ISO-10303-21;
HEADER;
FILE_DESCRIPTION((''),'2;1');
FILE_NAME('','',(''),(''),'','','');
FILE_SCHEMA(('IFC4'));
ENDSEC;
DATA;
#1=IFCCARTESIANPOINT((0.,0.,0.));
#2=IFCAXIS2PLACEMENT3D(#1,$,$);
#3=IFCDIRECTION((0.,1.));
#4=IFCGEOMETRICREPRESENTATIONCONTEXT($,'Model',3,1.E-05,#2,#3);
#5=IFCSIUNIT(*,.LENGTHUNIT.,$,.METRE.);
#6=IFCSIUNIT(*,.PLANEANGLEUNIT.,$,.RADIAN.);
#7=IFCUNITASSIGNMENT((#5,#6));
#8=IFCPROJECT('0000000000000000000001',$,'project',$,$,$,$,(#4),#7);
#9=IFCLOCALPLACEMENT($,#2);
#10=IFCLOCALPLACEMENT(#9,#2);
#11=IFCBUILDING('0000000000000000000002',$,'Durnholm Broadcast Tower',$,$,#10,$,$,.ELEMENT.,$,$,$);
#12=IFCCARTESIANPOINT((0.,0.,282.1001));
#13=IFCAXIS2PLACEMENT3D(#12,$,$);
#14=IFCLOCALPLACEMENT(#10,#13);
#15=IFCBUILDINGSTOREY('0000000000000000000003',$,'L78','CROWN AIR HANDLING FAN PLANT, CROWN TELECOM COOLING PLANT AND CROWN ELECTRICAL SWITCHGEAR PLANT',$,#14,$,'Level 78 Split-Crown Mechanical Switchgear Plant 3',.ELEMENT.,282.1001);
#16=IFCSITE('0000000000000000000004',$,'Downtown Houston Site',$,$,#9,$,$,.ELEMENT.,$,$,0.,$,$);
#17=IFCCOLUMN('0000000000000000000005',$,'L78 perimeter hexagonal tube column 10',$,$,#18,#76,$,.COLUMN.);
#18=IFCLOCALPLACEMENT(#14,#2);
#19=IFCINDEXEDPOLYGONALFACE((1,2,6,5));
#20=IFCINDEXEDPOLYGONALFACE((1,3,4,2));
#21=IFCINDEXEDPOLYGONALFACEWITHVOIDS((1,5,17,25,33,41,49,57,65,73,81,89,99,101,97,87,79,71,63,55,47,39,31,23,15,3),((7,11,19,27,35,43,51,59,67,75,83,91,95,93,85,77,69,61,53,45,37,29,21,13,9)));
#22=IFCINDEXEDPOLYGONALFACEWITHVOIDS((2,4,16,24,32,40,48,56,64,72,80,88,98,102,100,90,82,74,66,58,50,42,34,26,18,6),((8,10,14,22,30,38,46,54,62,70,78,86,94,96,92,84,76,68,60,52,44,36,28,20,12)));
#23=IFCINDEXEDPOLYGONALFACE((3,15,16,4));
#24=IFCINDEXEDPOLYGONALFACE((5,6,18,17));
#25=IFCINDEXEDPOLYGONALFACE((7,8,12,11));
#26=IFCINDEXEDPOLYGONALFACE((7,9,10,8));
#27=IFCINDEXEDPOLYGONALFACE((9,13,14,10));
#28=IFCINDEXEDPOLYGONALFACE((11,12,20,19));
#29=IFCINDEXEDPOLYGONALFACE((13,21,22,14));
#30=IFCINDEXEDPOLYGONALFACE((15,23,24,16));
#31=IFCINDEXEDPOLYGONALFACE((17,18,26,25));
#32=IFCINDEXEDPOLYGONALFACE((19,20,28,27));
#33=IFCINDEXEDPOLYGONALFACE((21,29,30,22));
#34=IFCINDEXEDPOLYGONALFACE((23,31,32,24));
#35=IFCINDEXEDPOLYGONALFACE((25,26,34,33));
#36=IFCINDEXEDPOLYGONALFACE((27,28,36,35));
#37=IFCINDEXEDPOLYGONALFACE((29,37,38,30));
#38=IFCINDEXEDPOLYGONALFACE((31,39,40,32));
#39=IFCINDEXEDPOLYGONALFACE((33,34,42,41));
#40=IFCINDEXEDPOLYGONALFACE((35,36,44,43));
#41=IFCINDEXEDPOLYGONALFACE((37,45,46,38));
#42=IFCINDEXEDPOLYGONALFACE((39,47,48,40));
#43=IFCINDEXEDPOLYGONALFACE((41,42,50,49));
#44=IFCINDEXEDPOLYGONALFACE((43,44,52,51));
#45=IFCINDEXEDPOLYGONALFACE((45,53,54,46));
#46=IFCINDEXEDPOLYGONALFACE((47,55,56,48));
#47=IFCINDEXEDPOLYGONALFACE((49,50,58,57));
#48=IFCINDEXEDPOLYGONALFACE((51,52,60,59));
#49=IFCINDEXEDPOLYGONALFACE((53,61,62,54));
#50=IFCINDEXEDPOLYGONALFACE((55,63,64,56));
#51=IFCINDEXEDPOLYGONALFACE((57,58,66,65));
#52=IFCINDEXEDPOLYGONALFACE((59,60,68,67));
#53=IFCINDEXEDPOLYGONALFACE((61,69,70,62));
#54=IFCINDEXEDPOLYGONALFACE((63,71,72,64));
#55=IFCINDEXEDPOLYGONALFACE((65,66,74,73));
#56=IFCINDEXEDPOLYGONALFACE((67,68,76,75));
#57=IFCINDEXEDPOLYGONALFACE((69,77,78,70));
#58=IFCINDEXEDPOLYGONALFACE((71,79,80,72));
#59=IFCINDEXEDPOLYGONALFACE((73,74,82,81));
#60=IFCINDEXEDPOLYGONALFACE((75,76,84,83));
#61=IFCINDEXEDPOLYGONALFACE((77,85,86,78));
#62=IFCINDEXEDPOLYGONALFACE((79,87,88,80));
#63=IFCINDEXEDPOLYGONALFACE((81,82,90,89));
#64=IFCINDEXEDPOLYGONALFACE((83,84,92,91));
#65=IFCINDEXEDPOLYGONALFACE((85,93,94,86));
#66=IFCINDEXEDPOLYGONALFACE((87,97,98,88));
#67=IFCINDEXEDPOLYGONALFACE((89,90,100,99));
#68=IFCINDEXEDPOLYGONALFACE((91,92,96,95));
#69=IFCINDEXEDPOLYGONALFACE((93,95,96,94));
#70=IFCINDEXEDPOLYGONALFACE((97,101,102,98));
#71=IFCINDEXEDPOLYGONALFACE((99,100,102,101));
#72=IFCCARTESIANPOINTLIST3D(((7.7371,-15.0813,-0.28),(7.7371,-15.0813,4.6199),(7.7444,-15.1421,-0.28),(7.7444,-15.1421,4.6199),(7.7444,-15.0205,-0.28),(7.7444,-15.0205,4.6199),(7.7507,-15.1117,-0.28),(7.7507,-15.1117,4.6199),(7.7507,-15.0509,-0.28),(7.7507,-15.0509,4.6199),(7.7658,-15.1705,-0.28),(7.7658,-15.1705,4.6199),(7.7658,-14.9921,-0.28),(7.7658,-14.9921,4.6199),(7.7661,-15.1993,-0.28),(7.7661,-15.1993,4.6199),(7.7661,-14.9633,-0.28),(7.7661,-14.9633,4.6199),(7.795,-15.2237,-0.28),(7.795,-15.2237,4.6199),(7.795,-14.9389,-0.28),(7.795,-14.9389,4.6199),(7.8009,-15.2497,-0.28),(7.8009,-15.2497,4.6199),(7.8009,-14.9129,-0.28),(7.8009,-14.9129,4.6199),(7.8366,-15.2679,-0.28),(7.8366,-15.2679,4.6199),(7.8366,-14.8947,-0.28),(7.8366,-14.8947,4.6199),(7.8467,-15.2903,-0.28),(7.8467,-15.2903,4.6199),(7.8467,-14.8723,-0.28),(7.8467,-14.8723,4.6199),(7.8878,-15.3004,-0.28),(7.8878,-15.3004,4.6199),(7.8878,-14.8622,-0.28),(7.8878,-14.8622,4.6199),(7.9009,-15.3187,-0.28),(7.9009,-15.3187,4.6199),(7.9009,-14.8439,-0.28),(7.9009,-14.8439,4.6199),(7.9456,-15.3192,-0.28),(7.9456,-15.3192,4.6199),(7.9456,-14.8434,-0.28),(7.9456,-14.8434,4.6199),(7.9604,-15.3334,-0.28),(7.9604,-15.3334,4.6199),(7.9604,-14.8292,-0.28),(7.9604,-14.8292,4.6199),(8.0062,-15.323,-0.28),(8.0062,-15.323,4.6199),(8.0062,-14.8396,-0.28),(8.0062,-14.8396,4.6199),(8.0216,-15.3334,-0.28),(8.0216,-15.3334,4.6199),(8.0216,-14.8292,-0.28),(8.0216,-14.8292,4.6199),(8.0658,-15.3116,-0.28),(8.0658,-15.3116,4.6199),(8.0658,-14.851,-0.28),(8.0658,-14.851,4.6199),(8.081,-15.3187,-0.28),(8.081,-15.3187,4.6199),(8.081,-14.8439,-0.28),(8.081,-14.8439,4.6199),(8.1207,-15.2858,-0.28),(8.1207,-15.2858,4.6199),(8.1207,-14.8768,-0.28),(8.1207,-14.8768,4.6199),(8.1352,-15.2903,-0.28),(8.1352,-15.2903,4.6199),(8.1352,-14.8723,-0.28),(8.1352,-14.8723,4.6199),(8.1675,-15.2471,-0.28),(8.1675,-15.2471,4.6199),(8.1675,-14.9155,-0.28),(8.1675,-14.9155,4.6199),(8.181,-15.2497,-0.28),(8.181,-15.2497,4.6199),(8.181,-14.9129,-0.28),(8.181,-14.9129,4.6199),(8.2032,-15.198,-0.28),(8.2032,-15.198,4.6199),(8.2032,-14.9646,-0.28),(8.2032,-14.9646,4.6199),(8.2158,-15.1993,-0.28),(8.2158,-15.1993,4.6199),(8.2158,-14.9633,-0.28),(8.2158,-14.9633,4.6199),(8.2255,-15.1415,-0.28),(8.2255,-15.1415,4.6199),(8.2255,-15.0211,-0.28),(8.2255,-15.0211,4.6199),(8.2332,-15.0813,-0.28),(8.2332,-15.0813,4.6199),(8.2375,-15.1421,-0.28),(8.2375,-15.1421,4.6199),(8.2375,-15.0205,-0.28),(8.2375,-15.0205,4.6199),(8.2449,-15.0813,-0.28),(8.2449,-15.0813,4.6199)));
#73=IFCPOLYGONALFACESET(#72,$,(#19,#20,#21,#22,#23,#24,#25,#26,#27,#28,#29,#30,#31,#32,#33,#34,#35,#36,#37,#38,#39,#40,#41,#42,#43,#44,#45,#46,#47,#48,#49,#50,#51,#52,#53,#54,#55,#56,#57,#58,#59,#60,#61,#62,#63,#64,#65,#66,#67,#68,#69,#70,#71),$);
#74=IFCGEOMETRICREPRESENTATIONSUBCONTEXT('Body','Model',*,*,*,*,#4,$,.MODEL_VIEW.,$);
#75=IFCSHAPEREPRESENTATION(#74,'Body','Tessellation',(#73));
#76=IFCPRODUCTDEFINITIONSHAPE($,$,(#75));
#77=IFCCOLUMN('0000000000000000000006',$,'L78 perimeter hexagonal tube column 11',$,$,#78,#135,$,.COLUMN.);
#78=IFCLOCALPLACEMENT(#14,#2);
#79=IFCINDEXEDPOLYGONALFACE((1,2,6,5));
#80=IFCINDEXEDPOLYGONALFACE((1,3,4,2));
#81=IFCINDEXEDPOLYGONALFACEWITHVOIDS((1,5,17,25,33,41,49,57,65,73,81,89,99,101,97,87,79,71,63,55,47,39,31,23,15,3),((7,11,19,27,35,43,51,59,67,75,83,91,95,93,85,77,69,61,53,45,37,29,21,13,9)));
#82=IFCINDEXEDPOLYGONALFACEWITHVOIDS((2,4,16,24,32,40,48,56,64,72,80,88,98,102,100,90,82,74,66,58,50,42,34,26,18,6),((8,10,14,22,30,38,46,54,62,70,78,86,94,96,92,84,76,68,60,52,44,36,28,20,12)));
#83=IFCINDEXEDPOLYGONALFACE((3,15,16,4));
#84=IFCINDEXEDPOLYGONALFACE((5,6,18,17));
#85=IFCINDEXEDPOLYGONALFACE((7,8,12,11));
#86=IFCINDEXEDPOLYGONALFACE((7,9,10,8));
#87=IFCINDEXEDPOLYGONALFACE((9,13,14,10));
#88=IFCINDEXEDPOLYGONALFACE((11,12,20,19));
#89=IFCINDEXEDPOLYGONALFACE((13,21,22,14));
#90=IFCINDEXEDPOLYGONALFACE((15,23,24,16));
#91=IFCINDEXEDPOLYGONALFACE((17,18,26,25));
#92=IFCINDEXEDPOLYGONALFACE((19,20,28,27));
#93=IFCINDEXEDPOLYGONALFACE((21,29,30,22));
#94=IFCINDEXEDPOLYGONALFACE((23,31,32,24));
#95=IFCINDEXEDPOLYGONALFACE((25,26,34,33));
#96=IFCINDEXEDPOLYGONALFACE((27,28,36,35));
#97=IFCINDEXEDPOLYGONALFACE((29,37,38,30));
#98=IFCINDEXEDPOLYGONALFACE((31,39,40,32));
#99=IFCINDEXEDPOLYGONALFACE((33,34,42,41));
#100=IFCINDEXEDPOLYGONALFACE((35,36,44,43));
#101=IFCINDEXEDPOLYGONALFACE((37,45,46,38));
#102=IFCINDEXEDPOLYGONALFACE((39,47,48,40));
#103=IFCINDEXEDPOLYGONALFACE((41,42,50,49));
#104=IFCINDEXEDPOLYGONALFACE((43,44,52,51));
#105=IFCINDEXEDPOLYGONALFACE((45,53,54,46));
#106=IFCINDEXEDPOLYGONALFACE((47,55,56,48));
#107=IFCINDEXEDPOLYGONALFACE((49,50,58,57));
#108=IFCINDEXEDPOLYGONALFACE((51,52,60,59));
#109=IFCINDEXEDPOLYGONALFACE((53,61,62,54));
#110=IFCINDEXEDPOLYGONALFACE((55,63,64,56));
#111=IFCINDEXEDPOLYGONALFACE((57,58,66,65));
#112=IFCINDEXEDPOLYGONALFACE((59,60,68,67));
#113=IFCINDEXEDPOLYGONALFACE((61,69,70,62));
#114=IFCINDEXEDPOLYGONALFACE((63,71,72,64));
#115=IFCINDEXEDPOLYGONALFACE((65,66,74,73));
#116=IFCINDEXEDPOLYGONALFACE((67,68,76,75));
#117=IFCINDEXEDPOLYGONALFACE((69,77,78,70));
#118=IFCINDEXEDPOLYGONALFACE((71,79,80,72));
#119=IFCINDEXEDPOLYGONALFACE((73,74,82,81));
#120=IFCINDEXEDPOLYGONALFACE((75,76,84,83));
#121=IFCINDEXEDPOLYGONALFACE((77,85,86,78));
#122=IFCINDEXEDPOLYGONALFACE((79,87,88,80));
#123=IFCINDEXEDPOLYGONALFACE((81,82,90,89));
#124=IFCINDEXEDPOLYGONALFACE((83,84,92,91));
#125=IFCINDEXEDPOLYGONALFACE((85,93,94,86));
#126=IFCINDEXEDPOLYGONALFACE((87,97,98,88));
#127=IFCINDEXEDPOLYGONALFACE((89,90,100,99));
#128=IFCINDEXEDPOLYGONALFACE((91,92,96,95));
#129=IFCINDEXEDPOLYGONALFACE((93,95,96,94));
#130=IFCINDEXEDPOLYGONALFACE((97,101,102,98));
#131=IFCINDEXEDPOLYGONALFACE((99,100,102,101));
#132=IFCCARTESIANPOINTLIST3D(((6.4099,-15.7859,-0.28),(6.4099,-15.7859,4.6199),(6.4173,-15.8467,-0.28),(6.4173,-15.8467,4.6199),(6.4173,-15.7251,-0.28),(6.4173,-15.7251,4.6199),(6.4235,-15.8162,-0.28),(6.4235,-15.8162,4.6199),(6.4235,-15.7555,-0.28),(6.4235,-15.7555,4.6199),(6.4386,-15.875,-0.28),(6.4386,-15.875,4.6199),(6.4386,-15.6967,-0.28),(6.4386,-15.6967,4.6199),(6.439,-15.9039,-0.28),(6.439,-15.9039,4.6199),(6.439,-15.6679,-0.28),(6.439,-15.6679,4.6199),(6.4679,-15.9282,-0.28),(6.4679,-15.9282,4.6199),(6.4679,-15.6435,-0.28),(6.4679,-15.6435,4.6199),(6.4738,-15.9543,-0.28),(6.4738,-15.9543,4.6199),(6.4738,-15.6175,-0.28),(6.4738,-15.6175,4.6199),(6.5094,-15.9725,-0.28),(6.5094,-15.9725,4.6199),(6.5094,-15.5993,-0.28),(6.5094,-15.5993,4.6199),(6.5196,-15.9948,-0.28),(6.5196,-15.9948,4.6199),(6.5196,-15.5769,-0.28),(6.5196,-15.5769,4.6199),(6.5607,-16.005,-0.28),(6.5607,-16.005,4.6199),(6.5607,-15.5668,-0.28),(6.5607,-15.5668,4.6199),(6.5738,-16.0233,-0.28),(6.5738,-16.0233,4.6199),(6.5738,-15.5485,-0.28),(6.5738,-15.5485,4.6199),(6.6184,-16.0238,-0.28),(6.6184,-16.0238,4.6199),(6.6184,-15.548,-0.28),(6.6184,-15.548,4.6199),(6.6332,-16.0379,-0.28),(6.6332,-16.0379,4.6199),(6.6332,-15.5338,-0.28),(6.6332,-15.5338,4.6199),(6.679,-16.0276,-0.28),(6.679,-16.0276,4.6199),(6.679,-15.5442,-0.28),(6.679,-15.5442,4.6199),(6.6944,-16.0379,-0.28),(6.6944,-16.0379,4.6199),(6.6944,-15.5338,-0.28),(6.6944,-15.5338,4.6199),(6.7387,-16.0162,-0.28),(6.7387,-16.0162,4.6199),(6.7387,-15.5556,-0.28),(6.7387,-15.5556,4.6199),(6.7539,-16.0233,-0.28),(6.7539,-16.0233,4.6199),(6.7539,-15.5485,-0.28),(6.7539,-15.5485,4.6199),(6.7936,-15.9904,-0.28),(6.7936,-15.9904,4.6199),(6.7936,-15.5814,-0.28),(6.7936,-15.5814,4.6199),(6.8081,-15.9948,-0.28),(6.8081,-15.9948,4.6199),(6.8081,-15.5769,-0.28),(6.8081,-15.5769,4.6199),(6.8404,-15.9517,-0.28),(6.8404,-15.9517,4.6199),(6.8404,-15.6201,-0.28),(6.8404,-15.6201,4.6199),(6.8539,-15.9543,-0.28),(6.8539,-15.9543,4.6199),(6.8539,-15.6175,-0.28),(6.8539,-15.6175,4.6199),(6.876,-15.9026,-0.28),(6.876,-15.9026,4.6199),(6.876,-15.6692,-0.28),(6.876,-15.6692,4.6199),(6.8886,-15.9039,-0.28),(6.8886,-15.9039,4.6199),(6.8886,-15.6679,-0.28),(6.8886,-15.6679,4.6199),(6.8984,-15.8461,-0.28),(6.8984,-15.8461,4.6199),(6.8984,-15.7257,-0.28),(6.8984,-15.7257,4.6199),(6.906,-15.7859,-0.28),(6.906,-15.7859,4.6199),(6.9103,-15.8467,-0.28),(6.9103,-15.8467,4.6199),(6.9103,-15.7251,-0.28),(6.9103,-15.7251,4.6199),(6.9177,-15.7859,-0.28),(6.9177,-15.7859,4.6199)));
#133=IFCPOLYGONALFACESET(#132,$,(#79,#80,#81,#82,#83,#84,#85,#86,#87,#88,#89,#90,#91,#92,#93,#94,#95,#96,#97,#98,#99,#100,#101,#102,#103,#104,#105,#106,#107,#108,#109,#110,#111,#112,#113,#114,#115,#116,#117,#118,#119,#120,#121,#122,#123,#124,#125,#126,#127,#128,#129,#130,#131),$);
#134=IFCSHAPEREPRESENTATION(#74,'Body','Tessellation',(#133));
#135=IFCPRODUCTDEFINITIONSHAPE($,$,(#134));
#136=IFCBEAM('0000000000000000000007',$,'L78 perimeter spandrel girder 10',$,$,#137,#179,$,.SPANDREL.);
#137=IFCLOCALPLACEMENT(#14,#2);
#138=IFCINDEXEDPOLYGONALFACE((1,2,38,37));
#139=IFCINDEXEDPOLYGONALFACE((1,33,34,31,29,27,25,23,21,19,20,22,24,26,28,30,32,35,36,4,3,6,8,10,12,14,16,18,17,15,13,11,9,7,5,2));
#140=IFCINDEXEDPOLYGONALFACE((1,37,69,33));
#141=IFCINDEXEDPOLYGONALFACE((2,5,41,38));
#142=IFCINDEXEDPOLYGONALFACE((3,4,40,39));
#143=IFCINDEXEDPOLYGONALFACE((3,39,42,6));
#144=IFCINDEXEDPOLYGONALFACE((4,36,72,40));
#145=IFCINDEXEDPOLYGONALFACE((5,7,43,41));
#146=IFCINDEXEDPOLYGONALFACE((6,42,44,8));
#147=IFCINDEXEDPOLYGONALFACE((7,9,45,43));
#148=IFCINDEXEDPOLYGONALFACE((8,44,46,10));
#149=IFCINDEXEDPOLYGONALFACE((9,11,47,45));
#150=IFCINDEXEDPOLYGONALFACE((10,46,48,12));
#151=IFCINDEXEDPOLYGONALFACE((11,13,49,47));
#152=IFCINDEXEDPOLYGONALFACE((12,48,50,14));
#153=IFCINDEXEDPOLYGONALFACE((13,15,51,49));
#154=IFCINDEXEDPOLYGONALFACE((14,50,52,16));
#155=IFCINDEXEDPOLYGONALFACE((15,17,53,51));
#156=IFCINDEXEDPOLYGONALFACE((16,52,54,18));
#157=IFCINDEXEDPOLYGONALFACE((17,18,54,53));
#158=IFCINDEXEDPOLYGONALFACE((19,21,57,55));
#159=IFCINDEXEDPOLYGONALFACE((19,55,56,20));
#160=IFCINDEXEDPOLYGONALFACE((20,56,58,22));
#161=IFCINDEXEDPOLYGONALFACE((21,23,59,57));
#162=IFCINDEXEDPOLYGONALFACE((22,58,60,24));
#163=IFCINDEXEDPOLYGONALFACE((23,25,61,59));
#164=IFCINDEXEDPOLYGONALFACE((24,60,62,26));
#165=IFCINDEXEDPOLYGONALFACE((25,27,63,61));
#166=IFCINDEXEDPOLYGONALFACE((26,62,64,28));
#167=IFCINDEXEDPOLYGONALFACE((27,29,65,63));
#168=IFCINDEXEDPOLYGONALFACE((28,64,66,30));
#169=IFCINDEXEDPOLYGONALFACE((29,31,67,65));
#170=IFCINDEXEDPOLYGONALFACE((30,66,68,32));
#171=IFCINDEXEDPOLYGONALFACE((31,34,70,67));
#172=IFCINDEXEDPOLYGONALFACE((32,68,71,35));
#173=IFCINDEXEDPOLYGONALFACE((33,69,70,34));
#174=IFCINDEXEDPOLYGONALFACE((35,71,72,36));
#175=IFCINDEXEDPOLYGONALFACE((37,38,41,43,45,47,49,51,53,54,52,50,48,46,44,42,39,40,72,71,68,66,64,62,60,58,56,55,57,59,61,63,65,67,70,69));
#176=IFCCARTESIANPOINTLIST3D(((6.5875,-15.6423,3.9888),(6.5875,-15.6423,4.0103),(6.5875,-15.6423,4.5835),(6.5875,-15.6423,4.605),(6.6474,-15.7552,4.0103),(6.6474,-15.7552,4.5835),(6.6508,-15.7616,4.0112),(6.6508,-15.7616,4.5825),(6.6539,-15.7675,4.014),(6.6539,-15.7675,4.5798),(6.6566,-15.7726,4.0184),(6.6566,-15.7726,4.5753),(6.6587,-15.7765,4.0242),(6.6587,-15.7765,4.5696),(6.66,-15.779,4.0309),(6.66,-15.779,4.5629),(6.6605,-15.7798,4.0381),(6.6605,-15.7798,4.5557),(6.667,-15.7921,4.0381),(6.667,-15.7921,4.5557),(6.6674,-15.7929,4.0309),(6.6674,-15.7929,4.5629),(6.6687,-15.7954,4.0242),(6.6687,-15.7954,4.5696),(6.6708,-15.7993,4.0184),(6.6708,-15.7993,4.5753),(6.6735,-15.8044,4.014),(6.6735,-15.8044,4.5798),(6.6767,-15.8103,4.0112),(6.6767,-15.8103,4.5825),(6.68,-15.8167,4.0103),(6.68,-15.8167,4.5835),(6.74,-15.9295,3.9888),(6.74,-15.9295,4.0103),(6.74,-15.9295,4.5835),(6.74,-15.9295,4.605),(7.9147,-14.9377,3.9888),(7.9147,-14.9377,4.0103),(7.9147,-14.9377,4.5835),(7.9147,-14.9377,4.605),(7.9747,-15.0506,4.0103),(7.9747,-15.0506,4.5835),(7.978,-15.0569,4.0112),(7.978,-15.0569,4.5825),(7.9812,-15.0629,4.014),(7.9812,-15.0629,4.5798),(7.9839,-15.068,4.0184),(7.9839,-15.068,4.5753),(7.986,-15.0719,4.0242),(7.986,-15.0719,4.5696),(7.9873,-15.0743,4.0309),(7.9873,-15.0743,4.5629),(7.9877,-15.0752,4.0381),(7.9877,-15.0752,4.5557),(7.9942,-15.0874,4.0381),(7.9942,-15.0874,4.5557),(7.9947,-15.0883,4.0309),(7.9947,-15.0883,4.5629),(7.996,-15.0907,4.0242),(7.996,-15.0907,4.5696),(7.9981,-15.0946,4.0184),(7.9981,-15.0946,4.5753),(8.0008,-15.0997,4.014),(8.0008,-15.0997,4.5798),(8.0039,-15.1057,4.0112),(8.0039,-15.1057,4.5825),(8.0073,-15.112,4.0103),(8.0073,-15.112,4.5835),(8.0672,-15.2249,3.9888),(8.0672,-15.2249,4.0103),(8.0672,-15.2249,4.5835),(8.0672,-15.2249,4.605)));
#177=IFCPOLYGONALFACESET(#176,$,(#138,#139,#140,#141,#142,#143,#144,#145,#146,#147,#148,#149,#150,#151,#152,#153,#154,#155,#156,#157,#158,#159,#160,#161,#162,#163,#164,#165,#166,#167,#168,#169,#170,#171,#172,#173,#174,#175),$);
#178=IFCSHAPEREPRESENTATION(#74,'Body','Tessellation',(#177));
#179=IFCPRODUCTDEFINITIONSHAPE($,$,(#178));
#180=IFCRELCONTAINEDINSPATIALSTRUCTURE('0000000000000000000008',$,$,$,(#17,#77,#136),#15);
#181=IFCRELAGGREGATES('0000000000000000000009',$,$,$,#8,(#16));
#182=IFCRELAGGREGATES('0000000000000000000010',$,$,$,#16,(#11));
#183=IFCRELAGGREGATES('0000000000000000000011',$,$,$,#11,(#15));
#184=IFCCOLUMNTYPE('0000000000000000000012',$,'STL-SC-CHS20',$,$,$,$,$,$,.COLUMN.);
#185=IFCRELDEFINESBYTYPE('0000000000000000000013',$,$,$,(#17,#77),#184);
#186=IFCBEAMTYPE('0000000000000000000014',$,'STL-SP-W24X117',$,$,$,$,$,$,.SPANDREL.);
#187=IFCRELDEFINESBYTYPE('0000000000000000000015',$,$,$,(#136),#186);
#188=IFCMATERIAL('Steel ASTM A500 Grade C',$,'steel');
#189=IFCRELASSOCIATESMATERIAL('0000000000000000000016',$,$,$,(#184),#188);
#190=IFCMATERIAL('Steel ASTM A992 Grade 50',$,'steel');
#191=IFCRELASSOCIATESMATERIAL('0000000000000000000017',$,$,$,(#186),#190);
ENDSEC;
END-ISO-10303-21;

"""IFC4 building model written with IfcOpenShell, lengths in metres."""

from ifc_helpers import new_model, si_unit, direction, frame, origin, origin_2d, place, context, subcontext, project, spatial, hollow_circle, i_section, extrude, source, transform, mapped, material, material_profile, profile_set, type_object, type_shapes, element, save


model = new_model("IFC4")

# Units and contexts
model_context = context("Model", 3, precision=1e-05, world=origin(), true_north=direction((0.0, 1.0)))
body_context = subcontext(model_context, "Body", "Model", "MODEL_VIEW")
ifc_project = project(units=[si_unit("LENGTHUNIT", "METRE"), si_unit("PLANEANGLEUNIT", "RADIAN")], contexts=[model_context])

# Site, building, storey
site_placement = place(None, origin())
site = spatial("IfcSite", under=ifc_project, at=site_placement, Name="Downtown Houston Site", CompositionType="ELEMENT", RefElevation=0.0)
building_placement = place(site_placement, origin())
building = spatial("IfcBuilding", under=site, at=building_placement, Name="Durnholm Broadcast Tower", CompositionType="ELEMENT")
storey_placement = place(building_placement, frame((0.0, 0.0, 282.1001)))
storey = spatial("IfcBuildingStorey", under=building, at=storey_placement, Name="L78", Description="CROWN AIR HANDLING FAN PLANT, CROWN TELECOM COOLING PLANT AND CROWN ELECTRICAL SWITCHGEAR PLANT", LongName="Level 78 Split-Crown Mechanical Switchgear Plant 3", CompositionType="ELEMENT", Elevation=282.1001)

# Columns
ifc_material_1 = material(Name="Steel ASTM A500 Grade C", Category="steel")
ifc_material_profile_1 = material_profile(ifc_material_1, hollow_circle(Radius=0.2539, WallThickness=0.0117, at=origin_2d()), Name="HSS20.000X0.500")
ifc_profile_set_1 = profile_set([ifc_material_profile_1], Name="Steel ASTM A500 Grade C")
column_type = type_object("IfcColumnType", Name="STL-SC-CHS20", PredefinedType="COLUMN", material=ifc_profile_set_1)
shared_shape_1 = source(origin(), body_context, "Body", "SweptSolid", [
    extrude(hollow_circle(Radius=0.2539, WallThickness=0.0117, at=origin_2d()), origin(), (0.0, 0.0, 1.0), 4.8999),
])
type_shapes(column_type, [shared_shape_1])
for number, where, z_axis, x_axis, name in (
    (1, (7.991, -15.0813, -0.28), (0.0, 0.0, 1.0), (1.0, 0.0, 0.0), "L78 perimeter hexagonal tube column 10"),
    (2, (6.6638, -15.7859, -0.28), (0.0, 0.0, 1.0), (1.0, 0.0, 0.0), "L78 perimeter hexagonal tube column 11"),
):
    element("IfcColumn", number, at=place(storey_placement, frame(where, z_axis=z_axis, x_axis=x_axis)), inside=storey, type_object=column_type, Name=name, PredefinedType="COLUMN", context=body_context, shape_type="MappedRepresentation", body=[
        mapped(shared_shape_1, transform((0.0, 0.0, 0.0), x_axis=(1.0, 0.0, 0.0), y_axis=(0.0, 1.0, 0.0), z_axis=(0.0, 0.0, 1.0), scale=1.0)),
    ])

# Beam
ifc_material_2 = material(Name="Steel ASTM A992 Grade 50", Category="steel")
ifc_material_profile_2 = material_profile(ifc_material_2, i_section(OverallWidth=0.3252, OverallDepth=0.6162, WebThickness=0.0139, FlangeThickness=0.0215, FilletRadius=0.0278, at=origin_2d()), Name="W24X117")
ifc_profile_set_2 = profile_set([ifc_material_profile_2], Name="Steel ASTM A992 Grade 50")
beam_type_1 = type_object("IfcBeamType", Name="STL-SP-W24X117", PredefinedType="SPANDREL", material=ifc_profile_set_2)
shared_shape_2 = source(origin(), body_context, "Body", "SweptSolid", [
    extrude(i_section(OverallWidth=0.3252, OverallDepth=0.6162, WebThickness=0.0139, FlangeThickness=0.0215, FilletRadius=0.0278, at=origin_2d()), origin(), (0.0, 0.0, 1.0), 1.5027),
])
type_shapes(beam_type_1, [shared_shape_2])
beam_1_placement = place(storey_placement, frame((7.991, -15.0813, 4.2969), z_axis=(-0.883242, -0.468918, 0.0), x_axis=(0.468918, -0.883242, 0.0)))
element("IfcBeam", 3, at=beam_1_placement, inside=storey, type_object=beam_type_1, Name="L78 perimeter spandrel girder 10", PredefinedType="SPANDREL", context=body_context, shape_type="MappedRepresentation", body=[
    mapped(shared_shape_2, transform((0.0, 0.0, 0.0), x_axis=(1.0, 0.0, 0.0), y_axis=(0.0, 1.0, 0.0), z_axis=(0.0, 0.0, 1.0), scale=1.0)),
])

save(model, "model.ifc")
